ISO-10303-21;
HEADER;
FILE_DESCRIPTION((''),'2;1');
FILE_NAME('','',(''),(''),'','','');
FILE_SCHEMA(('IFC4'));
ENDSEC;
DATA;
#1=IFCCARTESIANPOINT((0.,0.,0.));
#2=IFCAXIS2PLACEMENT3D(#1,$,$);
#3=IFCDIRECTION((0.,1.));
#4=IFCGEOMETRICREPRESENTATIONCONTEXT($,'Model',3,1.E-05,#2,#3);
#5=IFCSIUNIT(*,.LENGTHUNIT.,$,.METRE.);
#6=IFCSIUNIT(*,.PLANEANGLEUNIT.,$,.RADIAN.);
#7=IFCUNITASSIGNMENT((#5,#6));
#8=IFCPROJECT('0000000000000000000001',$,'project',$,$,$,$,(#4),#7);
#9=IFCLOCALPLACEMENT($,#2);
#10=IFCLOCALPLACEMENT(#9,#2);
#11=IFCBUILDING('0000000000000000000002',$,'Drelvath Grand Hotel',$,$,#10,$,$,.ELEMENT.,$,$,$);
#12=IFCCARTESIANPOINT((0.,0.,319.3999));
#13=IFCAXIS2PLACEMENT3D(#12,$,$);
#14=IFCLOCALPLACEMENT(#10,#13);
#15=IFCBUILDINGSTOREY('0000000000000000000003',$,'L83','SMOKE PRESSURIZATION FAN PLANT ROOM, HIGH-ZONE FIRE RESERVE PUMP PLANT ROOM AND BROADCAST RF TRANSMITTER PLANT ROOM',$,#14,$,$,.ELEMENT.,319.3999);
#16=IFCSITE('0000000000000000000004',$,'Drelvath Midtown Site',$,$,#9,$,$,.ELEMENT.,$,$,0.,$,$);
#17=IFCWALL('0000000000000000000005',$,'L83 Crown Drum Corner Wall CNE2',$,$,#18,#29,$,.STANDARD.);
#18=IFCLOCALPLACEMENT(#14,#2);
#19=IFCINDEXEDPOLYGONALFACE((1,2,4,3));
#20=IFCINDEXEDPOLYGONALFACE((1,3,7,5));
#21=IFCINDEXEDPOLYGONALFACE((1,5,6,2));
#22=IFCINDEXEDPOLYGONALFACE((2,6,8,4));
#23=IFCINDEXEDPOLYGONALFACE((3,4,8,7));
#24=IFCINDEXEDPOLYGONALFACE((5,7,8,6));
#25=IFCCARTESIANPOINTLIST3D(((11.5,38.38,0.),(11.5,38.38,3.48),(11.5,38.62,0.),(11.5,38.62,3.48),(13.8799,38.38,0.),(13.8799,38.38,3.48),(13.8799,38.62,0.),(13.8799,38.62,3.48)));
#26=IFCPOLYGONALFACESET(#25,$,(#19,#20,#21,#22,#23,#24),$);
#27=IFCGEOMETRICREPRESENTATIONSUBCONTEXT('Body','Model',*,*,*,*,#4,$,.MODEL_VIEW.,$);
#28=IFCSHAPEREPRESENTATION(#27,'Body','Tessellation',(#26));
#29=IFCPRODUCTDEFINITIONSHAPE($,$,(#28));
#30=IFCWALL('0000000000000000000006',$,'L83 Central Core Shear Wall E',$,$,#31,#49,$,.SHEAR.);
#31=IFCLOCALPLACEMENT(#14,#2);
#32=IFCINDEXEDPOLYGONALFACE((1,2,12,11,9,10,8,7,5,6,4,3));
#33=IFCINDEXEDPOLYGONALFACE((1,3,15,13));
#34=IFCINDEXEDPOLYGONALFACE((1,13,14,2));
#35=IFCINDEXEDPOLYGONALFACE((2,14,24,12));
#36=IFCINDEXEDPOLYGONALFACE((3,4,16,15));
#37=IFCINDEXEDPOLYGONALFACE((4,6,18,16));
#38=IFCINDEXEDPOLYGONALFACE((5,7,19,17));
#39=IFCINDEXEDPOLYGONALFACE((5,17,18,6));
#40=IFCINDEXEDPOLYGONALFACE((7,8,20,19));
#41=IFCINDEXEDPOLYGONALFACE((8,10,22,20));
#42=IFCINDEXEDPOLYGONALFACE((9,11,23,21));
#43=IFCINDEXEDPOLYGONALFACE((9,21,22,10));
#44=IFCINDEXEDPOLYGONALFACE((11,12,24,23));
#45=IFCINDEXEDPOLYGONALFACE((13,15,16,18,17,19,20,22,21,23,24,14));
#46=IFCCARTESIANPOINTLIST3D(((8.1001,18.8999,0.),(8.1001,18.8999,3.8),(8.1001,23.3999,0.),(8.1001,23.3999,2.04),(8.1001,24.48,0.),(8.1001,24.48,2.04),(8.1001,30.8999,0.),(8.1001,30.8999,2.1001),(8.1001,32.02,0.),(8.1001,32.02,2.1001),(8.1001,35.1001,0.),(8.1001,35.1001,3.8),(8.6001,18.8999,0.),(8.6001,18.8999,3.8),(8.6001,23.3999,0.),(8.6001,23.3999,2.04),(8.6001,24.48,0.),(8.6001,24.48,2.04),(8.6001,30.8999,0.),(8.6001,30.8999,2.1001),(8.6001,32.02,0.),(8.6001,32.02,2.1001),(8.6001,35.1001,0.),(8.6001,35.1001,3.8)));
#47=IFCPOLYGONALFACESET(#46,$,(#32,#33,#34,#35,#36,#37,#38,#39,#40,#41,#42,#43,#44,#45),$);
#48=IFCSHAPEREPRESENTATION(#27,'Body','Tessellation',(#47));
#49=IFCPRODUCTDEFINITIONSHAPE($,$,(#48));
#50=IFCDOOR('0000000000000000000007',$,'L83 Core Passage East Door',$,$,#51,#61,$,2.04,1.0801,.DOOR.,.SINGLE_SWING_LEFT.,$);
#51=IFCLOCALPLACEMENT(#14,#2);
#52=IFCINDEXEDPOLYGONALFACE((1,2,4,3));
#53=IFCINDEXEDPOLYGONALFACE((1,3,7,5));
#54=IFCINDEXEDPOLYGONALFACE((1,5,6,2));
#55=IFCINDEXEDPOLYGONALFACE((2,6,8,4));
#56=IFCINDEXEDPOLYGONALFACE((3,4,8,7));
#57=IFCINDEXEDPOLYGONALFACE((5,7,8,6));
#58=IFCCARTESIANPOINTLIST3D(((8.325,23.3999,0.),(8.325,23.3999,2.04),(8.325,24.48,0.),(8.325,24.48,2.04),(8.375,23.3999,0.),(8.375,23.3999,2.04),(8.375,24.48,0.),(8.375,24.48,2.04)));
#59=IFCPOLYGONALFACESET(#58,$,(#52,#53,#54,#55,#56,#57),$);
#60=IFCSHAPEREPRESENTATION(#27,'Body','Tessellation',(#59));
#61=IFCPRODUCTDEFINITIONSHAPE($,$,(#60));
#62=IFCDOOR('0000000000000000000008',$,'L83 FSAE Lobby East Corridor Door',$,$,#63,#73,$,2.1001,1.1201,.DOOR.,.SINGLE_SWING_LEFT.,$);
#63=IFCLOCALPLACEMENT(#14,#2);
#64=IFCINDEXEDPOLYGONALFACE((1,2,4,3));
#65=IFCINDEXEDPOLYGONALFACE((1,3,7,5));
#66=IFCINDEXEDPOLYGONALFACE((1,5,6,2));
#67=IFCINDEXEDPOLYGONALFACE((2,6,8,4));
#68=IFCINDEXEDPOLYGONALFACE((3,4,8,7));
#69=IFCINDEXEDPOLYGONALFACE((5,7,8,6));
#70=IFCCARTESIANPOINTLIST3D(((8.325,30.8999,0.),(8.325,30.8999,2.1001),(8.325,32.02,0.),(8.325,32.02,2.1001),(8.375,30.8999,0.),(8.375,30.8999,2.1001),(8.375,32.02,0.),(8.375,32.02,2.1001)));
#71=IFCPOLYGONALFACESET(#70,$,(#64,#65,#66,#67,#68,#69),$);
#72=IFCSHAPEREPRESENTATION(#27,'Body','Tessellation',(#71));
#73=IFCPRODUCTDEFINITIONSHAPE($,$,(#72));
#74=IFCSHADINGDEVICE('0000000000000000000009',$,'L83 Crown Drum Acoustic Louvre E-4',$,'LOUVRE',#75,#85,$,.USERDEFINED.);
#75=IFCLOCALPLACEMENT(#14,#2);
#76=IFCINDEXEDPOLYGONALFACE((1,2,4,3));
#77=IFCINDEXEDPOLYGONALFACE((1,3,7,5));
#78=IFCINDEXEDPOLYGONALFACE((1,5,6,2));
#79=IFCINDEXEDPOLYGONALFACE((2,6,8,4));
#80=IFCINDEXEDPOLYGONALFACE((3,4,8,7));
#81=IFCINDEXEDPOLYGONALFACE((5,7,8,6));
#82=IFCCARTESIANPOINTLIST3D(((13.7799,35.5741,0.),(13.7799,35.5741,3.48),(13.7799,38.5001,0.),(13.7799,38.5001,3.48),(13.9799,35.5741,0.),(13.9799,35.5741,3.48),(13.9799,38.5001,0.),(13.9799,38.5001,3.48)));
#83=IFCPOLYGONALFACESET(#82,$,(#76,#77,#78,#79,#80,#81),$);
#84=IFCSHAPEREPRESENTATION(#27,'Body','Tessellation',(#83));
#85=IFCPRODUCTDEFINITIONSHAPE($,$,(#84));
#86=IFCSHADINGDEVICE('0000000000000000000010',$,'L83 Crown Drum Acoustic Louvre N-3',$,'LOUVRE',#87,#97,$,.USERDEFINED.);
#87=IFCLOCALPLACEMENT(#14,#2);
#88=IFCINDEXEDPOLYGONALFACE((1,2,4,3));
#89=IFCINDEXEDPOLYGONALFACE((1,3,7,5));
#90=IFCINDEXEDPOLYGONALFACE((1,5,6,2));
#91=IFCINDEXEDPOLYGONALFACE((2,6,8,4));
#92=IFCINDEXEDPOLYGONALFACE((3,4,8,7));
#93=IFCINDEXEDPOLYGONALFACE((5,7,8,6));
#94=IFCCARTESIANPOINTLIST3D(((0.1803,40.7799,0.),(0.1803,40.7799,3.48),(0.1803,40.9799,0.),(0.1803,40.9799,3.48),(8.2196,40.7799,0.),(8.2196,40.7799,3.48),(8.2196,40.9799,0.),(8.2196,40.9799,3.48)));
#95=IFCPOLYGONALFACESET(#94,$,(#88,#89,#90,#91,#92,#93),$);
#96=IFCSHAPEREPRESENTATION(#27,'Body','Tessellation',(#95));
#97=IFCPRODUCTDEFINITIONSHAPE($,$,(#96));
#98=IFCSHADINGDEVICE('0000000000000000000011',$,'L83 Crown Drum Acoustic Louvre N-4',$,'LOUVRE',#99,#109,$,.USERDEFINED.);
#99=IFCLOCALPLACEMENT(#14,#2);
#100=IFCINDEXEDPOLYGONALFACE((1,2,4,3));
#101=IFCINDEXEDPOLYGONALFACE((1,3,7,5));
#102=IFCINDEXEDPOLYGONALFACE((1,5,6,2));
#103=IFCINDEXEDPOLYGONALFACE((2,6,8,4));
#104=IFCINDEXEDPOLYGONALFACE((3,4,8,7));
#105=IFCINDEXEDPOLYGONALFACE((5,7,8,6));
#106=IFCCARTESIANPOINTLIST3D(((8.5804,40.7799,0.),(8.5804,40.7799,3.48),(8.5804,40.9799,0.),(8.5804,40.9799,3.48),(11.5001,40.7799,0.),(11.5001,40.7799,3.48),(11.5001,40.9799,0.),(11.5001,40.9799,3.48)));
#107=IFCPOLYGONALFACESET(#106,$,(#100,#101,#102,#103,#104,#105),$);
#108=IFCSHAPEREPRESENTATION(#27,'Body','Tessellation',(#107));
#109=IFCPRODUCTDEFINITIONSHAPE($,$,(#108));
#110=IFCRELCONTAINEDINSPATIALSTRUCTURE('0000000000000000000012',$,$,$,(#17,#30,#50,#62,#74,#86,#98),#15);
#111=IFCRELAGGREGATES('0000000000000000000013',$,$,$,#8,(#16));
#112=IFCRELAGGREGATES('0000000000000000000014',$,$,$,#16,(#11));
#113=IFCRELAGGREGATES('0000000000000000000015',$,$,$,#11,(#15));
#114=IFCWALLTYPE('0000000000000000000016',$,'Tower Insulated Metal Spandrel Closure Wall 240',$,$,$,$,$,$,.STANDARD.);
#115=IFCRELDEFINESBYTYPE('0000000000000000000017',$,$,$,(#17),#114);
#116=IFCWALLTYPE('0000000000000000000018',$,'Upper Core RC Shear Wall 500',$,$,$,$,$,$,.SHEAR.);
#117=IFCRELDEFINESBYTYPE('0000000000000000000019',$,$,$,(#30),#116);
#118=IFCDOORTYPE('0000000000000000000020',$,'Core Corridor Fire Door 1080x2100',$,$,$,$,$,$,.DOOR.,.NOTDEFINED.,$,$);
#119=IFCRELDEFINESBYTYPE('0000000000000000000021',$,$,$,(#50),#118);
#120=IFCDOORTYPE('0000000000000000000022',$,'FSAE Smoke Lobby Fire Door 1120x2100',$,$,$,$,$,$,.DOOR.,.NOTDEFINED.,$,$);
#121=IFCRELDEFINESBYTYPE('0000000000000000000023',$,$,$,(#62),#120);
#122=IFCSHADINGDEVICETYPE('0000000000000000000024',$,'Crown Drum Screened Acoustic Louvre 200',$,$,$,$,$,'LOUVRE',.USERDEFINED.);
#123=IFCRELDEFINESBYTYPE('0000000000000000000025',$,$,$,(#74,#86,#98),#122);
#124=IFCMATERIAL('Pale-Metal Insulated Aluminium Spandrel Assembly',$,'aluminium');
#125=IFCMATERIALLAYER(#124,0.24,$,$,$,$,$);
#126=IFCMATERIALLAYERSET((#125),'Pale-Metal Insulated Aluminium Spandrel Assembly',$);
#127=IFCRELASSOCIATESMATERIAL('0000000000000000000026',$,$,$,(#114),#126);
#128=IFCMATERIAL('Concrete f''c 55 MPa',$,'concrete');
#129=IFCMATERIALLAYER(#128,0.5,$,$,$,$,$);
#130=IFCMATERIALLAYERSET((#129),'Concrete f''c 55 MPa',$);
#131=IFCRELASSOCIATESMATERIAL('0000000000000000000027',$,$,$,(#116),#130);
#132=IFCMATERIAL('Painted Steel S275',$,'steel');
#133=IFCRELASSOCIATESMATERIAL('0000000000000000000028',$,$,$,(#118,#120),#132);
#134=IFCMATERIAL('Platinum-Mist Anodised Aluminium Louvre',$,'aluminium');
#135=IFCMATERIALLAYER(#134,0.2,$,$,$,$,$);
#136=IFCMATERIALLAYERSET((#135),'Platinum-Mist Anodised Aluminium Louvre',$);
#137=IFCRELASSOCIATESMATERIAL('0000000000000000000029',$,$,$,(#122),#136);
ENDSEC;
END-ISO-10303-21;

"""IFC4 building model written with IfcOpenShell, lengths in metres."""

from ifc_helpers import new_model, si_unit, direction, frame, frame_2d, origin, origin_2d, place, context, subcontext, project, spatial, rectangle, extrude, material, layer, layer_set, type_object, element, fill, save


model = new_model("IFC4")

# Units and contexts
model_context = context("Model", 3, precision=1e-05, world=origin(), true_north=direction((0.0, 1.0)))
body_context = subcontext(model_context, "Body", "Model", "MODEL_VIEW")
ifc_project = project(units=[si_unit("LENGTHUNIT", "METRE"), si_unit("PLANEANGLEUNIT", "RADIAN")], contexts=[model_context])

# Site, building, storey
site_placement = place(None, origin())
site = spatial("IfcSite", under=ifc_project, at=site_placement, Name="Drelvath Midtown Site", CompositionType="ELEMENT", RefElevation=0.0)
building_placement = place(site_placement, origin())
building = spatial("IfcBuilding", under=site, at=building_placement, Name="Drelvath Grand Hotel", CompositionType="ELEMENT")
storey_placement = place(building_placement, frame((0.0, 0.0, 319.3999)))
storey = spatial("IfcBuildingStorey", under=building, at=storey_placement, Name="L83", Description="SMOKE PRESSURIZATION FAN PLANT ROOM, HIGH-ZONE FIRE RESERVE PUMP PLANT ROOM AND BROADCAST RF TRANSMITTER PLANT ROOM", CompositionType="ELEMENT", Elevation=319.3999)

# Wall
ifc_material_1 = material(Name="Pale-Metal Insulated Aluminium Spandrel Assembly", Category="aluminium")
ifc_layer_1 = layer(ifc_material_1, 0.24)
ifc_layer_set_1 = layer_set([ifc_layer_1], Name="Pale-Metal Insulated Aluminium Spandrel Assembly")
wall_type_1 = type_object("IfcWallType", Name="Tower Insulated Metal Spandrel Closure Wall 240", PredefinedType="STANDARD", material=ifc_layer_set_1)
for number, where, z_axis, x_axis, name in (
    (1, (11.5, 38.5, 0.0), (0.0, 0.0, 1.0), (1.0, 0.0, 0.0), "L83 Crown Drum Corner Wall CNE2"),
):
    element("IfcWall", number, at=place(storey_placement, frame(where, z_axis=z_axis, x_axis=x_axis)), inside=storey, type_object=wall_type_1, Name=name, PredefinedType="STANDARD", context=body_context, shape_type="SweptSolid", body=[
        extrude(rectangle(XDim=2.3799, YDim=0.24, at=frame_2d((1.1899, 0.0))), origin(), (0.0, 0.0, 1.0), 3.48),
    ])

# Wall, openings, doors
ifc_material_2 = material(Name="Concrete f'c 55 MPa", Category="concrete")
ifc_layer_2 = layer(ifc_material_2, 0.5)
ifc_layer_set_2 = layer_set([ifc_layer_2], Name="Concrete f'c 55 MPa")
wall_type_2 = type_object("IfcWallType", Name="Upper Core RC Shear Wall 500", PredefinedType="SHEAR", material=ifc_layer_set_2)
wall_1_placement = place(storey_placement, frame((8.3501, 35.1001, 0.0), z_axis=(0.0, 0.0, 1.0), x_axis=(0.0, -1.0, 0.0)))
wall_1 = element("IfcWall", 2, at=wall_1_placement, inside=storey, type_object=wall_type_2, Name="L83 Central Core Shear Wall E", PredefinedType="SHEAR", context=body_context, shape_type="SweptSolid", body=[
    extrude(rectangle(XDim=16.2002, YDim=0.5, at=frame_2d((8.1001, 0.0))), origin(), (0.0, 0.0, 1.0), 3.8),
])
opening_1_placement = place(wall_1_placement, frame((3.0801, 0.0, 0.0)))
opening_1 = element("IfcOpeningElement", 3, at=opening_1_placement, cuts=wall_1, PredefinedType="OPENING", context=body_context, shape_type="SweptSolid", body=[
    extrude(rectangle(XDim=1.1201, YDim=2.1001, at=frame_2d((0.5601, 1.05))), frame((0.0, 0.26, 0.0), z_axis=(0.0, -1.0, 0.0), x_axis=(1.0, 0.0, 0.0)), (0.0, 0.0, 1.0), 0.52),
])
opening_2_placement = place(wall_1_placement, frame((10.6201, 0.0, 0.0)))
opening_2 = element("IfcOpeningElement", 4, at=opening_2_placement, cuts=wall_1, PredefinedType="OPENING", context=body_context, shape_type="SweptSolid", body=[
    extrude(rectangle(XDim=1.0801, YDim=2.04, at=frame_2d((0.54, 1.02))), frame((0.0, 0.26, 0.0), z_axis=(0.0, -1.0, 0.0), x_axis=(1.0, 0.0, 0.0)), (0.0, 0.0, 1.0), 0.52),
])
ifc_material_3 = material(Name="Painted Steel S275", Category="steel")
door_type_1 = type_object("IfcDoorType", Name="Core Corridor Fire Door 1080x2100", OperationType="NOTDEFINED", PredefinedType="DOOR", material=ifc_material_3)
door_1_placement = place(opening_2_placement, origin())
door_1 = element("IfcDoor", 5, at=door_1_placement, inside=storey, type_object=door_type_1, Name="L83 Core Passage East Door", OperationType="SINGLE_SWING_LEFT", OverallHeight=2.04, OverallWidth=1.0801, PredefinedType="DOOR", context=body_context, shape_type="SweptSolid", body=[
    extrude(rectangle(XDim=1.0801, YDim=2.04, at=frame_2d((0.54, 1.02))), frame((0.0, 0.0249, 0.0), z_axis=(0.0, -1.0, 0.0), x_axis=(1.0, 0.0, 0.0)), (0.0, 0.0, 1.0), 0.05),
])
fill(opening_2, door_1)
door_type_2 = type_object("IfcDoorType", Name="FSAE Smoke Lobby Fire Door 1120x2100", OperationType="NOTDEFINED", PredefinedType="DOOR", material=ifc_material_3)
door_2_placement = place(opening_1_placement, origin())
door_2 = element("IfcDoor", 6, at=door_2_placement, inside=storey, type_object=door_type_2, Name="L83 FSAE Lobby East Corridor Door", OperationType="SINGLE_SWING_LEFT", OverallHeight=2.1001, OverallWidth=1.1201, PredefinedType="DOOR", context=body_context, shape_type="SweptSolid", body=[
    extrude(rectangle(XDim=1.1201, YDim=2.1001, at=frame_2d((0.5601, 1.05))), frame((0.0, 0.0249, 0.0), z_axis=(0.0, -1.0, 0.0), x_axis=(1.0, 0.0, 0.0)), (0.0, 0.0, 1.0), 0.05),
])
fill(opening_1, door_2)

# Shading devices
ifc_material_4 = material(Name="Platinum-Mist Anodised Aluminium Louvre", Category="aluminium")
ifc_layer_3 = layer(ifc_material_4, 0.2)
ifc_layer_set_3 = layer_set([ifc_layer_3], Name="Platinum-Mist Anodised Aluminium Louvre")
shading_device_type = type_object("IfcShadingDeviceType", Name="Crown Drum Screened Acoustic Louvre 200", ElementType="LOUVRE", PredefinedType="USERDEFINED", material=ifc_layer_set_3)
shading_device_1_placement = place(storey_placement, frame((13.8799, 37.0371, 0.0), z_axis=(0.0, 0.0, 1.0), x_axis=(0.0, 1.0, 0.0)))
element("IfcShadingDevice", 7, at=shading_device_1_placement, inside=storey, type_object=shading_device_type, Name="L83 Crown Drum Acoustic Louvre E-4", ObjectType="LOUVRE", PredefinedType="USERDEFINED", context=body_context, shape_type="SweptSolid", body=[
    extrude(rectangle(XDim=2.926, YDim=0.2, at=origin_2d()), origin(), (0.0, 0.0, 1.0), 3.48),
])
shading_device_2_placement = place(storey_placement, frame((4.2, 40.8799, 0.0), z_axis=(0.0, 0.0, 1.0), x_axis=(1.0, 0.0, 0.0)))
element("IfcShadingDevice", 8, at=shading_device_2_placement, inside=storey, type_object=shading_device_type, Name="L83 Crown Drum Acoustic Louvre N-3", ObjectType="LOUVRE", PredefinedType="USERDEFINED", context=body_context, shape_type="SweptSolid", body=[
    extrude(rectangle(XDim=8.0393, YDim=0.2, at=origin_2d()), origin(), (0.0, 0.0, 1.0), 3.48),
])
shading_device_3_placement = place(storey_placement, frame((10.0403, 40.8799, 0.0), z_axis=(0.0, 0.0, 1.0), x_axis=(1.0, 0.0, 0.0)))
element("IfcShadingDevice", 9, at=shading_device_3_placement, inside=storey, type_object=shading_device_type, Name="L83 Crown Drum Acoustic Louvre N-4", ObjectType="LOUVRE", PredefinedType="USERDEFINED", context=body_context, shape_type="SweptSolid", body=[
    extrude(rectangle(XDim=2.9197, YDim=0.2, at=origin_2d()), origin(), (0.0, 0.0, 1.0), 3.48),
])

save(model, "model.ifc")
